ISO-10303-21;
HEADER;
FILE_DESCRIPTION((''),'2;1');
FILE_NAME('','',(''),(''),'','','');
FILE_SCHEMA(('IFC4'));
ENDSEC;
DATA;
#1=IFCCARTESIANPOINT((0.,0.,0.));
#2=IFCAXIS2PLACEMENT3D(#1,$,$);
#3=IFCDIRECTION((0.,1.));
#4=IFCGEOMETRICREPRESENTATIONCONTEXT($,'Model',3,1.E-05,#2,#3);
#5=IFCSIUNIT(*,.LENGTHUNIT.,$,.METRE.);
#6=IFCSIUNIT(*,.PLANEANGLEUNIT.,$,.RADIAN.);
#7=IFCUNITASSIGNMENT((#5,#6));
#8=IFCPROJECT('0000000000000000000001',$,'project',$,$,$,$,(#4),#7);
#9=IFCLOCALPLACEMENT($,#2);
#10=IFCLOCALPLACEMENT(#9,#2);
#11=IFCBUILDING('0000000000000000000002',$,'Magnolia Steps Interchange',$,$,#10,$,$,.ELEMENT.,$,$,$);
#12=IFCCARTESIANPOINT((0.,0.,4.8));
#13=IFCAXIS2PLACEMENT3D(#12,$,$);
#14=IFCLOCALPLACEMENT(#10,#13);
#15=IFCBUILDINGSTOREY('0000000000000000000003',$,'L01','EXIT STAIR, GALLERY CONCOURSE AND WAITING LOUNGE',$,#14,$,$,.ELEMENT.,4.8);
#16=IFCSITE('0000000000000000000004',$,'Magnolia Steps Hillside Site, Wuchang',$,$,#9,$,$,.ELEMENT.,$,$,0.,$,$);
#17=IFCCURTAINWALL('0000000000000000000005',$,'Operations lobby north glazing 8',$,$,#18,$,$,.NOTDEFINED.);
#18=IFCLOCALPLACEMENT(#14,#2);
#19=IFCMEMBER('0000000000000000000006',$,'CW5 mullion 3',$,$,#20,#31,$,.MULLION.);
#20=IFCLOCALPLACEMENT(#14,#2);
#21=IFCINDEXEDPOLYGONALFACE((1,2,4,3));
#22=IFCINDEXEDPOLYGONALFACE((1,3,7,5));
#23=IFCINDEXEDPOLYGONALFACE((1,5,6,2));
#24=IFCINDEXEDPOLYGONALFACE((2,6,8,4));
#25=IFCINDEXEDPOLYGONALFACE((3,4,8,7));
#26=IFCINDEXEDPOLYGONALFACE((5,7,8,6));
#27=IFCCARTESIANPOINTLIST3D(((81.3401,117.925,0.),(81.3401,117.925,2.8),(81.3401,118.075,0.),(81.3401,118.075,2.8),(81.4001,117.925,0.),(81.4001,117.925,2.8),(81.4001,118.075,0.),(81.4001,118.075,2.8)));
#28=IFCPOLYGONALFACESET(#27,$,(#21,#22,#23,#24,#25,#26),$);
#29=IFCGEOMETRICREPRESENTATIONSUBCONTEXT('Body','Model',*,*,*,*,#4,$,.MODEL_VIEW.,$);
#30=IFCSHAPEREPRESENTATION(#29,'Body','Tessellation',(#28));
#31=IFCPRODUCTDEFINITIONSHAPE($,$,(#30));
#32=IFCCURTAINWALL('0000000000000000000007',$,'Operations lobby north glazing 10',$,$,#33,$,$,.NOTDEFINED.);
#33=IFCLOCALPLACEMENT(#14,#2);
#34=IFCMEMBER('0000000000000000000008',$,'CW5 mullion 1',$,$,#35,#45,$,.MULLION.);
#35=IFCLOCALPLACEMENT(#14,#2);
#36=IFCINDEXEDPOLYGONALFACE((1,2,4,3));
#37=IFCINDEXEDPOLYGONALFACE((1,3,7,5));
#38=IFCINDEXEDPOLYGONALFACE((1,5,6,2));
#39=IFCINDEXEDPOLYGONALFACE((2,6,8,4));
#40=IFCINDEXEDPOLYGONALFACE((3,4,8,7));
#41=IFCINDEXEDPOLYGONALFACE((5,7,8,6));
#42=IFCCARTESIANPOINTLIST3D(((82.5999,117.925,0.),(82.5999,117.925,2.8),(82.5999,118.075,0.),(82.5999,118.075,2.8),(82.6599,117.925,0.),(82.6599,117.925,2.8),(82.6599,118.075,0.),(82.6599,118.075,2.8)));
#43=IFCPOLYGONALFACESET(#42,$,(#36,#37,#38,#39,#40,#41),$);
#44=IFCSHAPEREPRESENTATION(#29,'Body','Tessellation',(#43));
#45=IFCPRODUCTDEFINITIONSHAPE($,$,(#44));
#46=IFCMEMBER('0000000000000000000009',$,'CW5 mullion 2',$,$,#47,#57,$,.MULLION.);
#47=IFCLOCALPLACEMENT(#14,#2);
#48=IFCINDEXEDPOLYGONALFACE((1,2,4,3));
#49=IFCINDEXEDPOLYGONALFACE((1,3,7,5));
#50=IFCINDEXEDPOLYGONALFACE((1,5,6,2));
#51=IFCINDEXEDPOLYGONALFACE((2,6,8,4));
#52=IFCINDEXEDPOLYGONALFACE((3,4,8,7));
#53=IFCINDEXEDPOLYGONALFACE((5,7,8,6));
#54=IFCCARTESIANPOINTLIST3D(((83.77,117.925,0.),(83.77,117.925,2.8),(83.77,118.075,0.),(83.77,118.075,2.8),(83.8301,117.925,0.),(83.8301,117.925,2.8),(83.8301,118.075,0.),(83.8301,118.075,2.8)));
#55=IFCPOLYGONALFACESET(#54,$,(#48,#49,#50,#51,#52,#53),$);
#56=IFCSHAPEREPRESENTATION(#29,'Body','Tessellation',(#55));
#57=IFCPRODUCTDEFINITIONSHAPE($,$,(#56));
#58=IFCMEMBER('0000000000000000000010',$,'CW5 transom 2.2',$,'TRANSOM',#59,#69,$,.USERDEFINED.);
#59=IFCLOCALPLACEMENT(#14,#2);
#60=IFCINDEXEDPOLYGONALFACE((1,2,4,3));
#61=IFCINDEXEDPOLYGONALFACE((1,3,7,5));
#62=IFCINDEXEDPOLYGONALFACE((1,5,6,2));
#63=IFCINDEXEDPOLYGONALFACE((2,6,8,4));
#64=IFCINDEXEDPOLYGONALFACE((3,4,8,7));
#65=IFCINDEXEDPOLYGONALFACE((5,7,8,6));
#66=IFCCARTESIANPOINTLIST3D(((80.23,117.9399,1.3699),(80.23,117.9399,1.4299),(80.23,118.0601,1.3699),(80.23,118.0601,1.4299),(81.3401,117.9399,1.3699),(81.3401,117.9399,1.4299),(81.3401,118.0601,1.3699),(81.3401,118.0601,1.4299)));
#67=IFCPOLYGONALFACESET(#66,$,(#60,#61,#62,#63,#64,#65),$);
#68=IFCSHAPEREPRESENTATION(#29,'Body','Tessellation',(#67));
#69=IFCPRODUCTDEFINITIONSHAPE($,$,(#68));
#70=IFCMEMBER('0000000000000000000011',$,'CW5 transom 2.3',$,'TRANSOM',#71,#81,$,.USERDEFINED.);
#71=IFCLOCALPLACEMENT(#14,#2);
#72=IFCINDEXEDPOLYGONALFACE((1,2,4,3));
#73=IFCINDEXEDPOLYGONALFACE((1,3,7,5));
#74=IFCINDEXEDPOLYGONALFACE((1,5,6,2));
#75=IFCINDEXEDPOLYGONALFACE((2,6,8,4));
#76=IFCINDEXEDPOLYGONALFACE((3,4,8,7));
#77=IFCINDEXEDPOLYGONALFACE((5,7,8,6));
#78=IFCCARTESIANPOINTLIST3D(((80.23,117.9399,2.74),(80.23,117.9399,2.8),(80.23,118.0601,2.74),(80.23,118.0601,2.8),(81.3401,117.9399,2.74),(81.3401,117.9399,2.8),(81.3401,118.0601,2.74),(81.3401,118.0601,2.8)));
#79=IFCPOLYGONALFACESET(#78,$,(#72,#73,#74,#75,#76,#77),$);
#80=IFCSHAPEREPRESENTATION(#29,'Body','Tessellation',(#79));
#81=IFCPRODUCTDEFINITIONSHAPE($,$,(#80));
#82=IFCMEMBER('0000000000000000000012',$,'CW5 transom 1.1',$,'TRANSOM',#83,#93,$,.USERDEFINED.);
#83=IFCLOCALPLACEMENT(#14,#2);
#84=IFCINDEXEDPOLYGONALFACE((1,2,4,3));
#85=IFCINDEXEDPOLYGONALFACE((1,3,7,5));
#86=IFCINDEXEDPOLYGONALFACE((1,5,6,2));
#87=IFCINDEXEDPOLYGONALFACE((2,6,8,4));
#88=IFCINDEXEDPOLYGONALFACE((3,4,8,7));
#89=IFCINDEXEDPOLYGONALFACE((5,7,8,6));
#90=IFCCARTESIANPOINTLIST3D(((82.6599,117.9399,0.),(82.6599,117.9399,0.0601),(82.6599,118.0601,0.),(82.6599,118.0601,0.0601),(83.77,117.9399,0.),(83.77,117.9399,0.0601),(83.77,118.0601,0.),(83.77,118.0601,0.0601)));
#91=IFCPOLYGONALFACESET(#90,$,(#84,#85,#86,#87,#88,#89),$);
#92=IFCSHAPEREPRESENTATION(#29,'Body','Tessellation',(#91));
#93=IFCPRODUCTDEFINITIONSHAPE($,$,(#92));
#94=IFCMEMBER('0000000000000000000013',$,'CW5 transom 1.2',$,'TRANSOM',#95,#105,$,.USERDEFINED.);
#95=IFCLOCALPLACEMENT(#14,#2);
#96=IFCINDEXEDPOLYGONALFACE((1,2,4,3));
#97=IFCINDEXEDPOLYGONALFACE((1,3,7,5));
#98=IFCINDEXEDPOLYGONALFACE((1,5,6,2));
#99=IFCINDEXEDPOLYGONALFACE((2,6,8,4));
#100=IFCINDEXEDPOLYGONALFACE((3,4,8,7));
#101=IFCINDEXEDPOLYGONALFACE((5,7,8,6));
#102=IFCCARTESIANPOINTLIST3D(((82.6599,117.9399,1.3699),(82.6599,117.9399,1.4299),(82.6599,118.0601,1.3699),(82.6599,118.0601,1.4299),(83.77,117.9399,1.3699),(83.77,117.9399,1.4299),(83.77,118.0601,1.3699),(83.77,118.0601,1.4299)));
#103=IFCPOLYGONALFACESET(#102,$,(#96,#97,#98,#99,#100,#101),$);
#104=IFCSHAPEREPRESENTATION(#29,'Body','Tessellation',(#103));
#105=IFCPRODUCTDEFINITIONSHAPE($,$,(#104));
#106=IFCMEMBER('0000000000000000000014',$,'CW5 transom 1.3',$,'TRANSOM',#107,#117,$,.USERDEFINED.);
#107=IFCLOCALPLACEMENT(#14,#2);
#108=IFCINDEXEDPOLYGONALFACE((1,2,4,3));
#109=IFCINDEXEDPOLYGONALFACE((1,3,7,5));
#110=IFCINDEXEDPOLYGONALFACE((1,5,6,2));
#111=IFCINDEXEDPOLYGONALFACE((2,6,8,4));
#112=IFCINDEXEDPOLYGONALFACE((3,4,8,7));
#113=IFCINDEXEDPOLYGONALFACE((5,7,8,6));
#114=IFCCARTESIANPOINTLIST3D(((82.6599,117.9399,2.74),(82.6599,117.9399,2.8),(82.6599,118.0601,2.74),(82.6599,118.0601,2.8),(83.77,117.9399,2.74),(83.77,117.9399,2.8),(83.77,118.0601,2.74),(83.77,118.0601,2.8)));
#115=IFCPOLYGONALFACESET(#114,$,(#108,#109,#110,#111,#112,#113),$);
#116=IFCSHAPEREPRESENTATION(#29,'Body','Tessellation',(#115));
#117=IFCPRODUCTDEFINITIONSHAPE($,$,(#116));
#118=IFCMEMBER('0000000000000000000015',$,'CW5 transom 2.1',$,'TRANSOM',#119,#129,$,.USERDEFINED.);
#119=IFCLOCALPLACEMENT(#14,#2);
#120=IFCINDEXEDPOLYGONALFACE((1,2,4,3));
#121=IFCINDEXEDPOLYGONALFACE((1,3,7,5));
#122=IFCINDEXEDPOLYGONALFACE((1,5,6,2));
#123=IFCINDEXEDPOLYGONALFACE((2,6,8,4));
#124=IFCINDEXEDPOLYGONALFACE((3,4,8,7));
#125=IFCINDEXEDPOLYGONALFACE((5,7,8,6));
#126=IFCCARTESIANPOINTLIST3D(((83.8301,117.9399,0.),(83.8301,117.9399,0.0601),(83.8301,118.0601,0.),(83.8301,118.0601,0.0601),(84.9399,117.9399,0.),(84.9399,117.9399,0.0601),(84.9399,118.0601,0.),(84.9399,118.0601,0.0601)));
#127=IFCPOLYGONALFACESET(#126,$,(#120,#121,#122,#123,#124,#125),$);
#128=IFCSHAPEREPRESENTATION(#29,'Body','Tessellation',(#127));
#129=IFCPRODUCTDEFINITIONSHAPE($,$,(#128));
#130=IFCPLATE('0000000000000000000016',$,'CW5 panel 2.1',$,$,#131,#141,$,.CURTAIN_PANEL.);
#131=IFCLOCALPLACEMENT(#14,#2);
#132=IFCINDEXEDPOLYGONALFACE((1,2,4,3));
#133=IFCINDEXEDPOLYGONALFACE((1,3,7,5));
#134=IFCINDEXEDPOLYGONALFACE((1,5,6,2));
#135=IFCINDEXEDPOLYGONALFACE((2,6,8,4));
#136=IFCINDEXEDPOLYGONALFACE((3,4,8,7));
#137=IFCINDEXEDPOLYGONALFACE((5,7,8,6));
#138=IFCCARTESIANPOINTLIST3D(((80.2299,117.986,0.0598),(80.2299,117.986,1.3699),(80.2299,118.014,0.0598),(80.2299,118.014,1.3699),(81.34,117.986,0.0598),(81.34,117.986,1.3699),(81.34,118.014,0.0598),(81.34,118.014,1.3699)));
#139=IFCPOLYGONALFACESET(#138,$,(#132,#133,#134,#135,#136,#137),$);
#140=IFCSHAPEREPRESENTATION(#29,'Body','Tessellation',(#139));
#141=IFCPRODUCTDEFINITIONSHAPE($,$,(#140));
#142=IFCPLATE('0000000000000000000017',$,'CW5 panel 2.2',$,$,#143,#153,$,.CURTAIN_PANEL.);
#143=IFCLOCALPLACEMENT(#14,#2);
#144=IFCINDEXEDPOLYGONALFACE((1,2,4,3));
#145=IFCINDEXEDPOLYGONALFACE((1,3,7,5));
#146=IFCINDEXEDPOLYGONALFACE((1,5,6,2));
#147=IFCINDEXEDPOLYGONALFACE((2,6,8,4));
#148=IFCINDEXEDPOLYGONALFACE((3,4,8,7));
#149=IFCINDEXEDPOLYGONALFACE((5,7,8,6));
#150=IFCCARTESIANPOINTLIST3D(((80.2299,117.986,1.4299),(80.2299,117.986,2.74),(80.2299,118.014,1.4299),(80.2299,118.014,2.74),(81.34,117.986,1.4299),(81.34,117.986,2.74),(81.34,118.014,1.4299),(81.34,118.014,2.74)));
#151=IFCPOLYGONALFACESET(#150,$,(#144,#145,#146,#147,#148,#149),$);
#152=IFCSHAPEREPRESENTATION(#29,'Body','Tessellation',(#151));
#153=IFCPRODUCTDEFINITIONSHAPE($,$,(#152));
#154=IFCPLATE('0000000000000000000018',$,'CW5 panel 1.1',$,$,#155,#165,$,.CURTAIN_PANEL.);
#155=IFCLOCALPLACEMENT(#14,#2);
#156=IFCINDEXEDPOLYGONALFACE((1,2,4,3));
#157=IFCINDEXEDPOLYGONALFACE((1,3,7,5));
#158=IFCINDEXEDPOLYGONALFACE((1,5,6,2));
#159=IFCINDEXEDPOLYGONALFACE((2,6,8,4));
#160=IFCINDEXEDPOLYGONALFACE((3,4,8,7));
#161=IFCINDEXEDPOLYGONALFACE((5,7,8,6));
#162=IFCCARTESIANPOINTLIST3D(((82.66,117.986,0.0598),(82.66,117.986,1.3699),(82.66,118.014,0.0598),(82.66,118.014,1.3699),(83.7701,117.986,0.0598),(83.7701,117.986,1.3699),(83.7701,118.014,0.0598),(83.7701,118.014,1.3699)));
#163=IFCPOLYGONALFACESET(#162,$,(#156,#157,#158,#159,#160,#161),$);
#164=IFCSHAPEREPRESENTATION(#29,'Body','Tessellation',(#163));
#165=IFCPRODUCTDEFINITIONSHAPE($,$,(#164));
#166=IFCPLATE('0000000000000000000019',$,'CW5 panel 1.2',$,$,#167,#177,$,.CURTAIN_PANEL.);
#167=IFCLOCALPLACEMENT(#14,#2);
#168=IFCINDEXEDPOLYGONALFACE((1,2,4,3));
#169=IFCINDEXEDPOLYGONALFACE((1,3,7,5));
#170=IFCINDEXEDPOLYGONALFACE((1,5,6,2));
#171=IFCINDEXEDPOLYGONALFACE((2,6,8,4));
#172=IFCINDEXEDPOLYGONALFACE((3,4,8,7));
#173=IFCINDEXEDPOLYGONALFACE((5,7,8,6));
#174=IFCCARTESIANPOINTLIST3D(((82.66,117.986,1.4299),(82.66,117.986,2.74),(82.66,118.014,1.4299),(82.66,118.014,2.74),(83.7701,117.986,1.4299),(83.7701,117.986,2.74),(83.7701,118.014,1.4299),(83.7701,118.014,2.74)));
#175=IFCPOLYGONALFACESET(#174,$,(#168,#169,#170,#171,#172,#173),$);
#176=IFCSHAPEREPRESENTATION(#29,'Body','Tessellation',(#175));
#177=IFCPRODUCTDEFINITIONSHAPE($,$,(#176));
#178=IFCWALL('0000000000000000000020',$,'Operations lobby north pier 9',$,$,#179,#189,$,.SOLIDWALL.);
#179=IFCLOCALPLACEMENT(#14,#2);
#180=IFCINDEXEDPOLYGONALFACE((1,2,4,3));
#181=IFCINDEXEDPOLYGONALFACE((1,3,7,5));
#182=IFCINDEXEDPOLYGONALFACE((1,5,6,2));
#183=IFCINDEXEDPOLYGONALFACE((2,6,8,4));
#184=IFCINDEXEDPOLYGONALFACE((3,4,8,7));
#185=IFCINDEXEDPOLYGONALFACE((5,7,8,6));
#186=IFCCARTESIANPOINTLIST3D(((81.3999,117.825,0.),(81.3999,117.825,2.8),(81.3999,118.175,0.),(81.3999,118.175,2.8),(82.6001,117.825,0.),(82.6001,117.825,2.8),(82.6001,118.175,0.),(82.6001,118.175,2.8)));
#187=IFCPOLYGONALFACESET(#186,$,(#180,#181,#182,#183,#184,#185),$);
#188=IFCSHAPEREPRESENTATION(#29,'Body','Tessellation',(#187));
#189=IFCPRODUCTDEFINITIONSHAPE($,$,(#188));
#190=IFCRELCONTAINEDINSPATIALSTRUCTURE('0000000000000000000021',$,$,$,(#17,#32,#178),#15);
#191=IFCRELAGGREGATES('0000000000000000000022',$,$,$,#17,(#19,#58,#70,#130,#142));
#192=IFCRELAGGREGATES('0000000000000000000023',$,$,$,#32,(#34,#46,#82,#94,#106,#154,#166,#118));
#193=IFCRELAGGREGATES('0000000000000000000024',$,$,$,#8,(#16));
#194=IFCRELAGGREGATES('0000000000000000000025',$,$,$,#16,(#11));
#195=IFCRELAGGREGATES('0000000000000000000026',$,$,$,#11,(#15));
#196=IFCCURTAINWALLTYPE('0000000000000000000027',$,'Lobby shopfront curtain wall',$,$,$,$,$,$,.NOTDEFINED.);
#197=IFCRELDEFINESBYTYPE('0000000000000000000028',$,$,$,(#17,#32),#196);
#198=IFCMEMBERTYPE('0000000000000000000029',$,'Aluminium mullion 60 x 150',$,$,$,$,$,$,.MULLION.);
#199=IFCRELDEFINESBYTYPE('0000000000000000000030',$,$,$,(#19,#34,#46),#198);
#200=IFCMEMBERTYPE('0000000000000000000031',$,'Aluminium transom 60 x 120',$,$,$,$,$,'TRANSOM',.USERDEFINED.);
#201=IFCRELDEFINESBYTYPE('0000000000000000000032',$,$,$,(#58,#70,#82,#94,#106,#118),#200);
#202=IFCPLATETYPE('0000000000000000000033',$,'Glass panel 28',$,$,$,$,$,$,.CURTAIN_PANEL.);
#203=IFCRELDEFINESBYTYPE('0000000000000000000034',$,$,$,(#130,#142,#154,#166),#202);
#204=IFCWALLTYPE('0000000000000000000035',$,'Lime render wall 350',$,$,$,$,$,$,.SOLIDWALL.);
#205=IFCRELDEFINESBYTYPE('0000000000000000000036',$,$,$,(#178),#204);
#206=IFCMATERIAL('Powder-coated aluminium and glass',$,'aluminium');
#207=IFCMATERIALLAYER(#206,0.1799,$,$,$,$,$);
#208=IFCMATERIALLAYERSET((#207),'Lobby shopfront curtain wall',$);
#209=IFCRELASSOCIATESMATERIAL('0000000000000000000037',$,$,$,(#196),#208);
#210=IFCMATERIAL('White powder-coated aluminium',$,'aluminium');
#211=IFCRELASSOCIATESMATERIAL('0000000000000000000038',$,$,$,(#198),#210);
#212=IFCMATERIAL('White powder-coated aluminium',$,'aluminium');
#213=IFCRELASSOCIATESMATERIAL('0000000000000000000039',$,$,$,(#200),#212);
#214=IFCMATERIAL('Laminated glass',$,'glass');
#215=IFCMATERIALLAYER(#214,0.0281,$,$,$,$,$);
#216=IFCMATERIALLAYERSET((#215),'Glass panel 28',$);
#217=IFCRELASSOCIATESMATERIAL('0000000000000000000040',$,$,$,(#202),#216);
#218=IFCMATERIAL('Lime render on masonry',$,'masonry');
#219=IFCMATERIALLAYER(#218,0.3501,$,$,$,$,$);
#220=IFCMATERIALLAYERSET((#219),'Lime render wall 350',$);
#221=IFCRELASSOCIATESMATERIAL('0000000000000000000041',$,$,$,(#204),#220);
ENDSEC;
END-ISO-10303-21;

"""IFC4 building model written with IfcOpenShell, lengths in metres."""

from ifc_helpers import new_model, si_unit, direction, frame, frame_2d, origin, origin_2d, place, context, subcontext, project, spatial, rectangle, extrude, material, layer, layer_set, material_profile, profile_set, type_object, element, aggregate, save


model = new_model("IFC4")

# Units and contexts
model_context = context("Model", 3, precision=1e-05, world=origin(), true_north=direction((0.0, 1.0)))
body_context = subcontext(model_context, "Body", "Model", "MODEL_VIEW")
ifc_project = project(units=[si_unit("LENGTHUNIT", "METRE"), si_unit("PLANEANGLEUNIT", "RADIAN")], contexts=[model_context])

# Site, building, storey
site_placement = place(None, origin())
site = spatial("IfcSite", under=ifc_project, at=site_placement, Name="Magnolia Steps Hillside Site, Wuchang", CompositionType="ELEMENT", RefElevation=0.0)
building_placement = place(site_placement, origin())
building = spatial("IfcBuilding", under=site, at=building_placement, Name="Magnolia Steps Interchange", CompositionType="ELEMENT")
storey_placement = place(building_placement, frame((0.0, 0.0, 4.8)))
storey = spatial("IfcBuildingStorey", under=building, at=storey_placement, Name="L01", Description="EXIT STAIR, GALLERY CONCOURSE AND WAITING LOUNGE", CompositionType="ELEMENT", Elevation=4.8)

# Curtain wall, member
ifc_material_1 = material(Name="Powder-coated aluminium and glass", Category="aluminium")
ifc_layer_1 = layer(ifc_material_1, 0.1799)
ifc_layer_set_1 = layer_set([ifc_layer_1], Name="Lobby shopfront curtain wall")
curtain_wall_type = type_object("IfcCurtainWallType", Name="Lobby shopfront curtain wall", PredefinedType="NOTDEFINED", material=ifc_layer_set_1)
curtain_wall_1_placement = place(storey_placement, origin())
curtain_wall_1 = element("IfcCurtainWall", 1, at=curtain_wall_1_placement, inside=storey, type_object=curtain_wall_type, Name="Operations lobby north glazing 8", PredefinedType="NOTDEFINED")
ifc_material_2 = material(Name="White powder-coated aluminium", Category="aluminium")
ifc_material_profile_1 = material_profile(ifc_material_2, rectangle(XDim=0.0601, YDim=0.1499, at=origin_2d()), Name="Aluminium mullion 60 x 150")
ifc_profile_set_1 = profile_set([ifc_material_profile_1], Name="White powder-coated aluminium")
member_type_1 = type_object("IfcMemberType", Name="Aluminium mullion 60 x 150", PredefinedType="MULLION", material=ifc_profile_set_1)
member_1_placement = place(storey_placement, frame((81.3701, 118.0, 0.0), z_axis=(0.0, 0.0, 1.0), x_axis=(1.0, 0.0, 0.0)))
member_1 = element("IfcMember", 2, at=member_1_placement, type_object=member_type_1, Name="CW5 mullion 3", PredefinedType="MULLION", context=body_context, shape_type="SweptSolid", body=[
    extrude(rectangle(XDim=0.0601, YDim=0.1499, at=origin_2d()), origin(), (0.0, 0.0, 1.0), 2.8),
])

# Curtain wall, members
curtain_wall_2_placement = place(storey_placement, origin())
curtain_wall_2 = element("IfcCurtainWall", 3, at=curtain_wall_2_placement, inside=storey, type_object=curtain_wall_type, Name="Operations lobby north glazing 10", PredefinedType="NOTDEFINED")
member_2_placement = place(storey_placement, frame((82.6299, 118.0, 0.0), z_axis=(0.0, 0.0, 1.0), x_axis=(1.0, 0.0, 0.0)))
member_2 = element("IfcMember", 4, at=member_2_placement, type_object=member_type_1, Name="CW5 mullion 1", PredefinedType="MULLION", context=body_context, shape_type="SweptSolid", body=[
    extrude(rectangle(XDim=0.0601, YDim=0.1499, at=origin_2d()), origin(), (0.0, 0.0, 1.0), 2.8),
])
member_3_placement = place(storey_placement, frame((83.8, 118.0, 0.0), z_axis=(0.0, 0.0, 1.0), x_axis=(1.0, 0.0, 0.0)))
member_3 = element("IfcMember", 5, at=member_3_placement, type_object=member_type_1, Name="CW5 mullion 2", PredefinedType="MULLION", context=body_context, shape_type="SweptSolid", body=[
    extrude(rectangle(XDim=0.0601, YDim=0.1499, at=origin_2d()), origin(), (0.0, 0.0, 1.0), 2.8),
])

# Members
ifc_material_3 = material(Name="White powder-coated aluminium", Category="aluminium")
ifc_material_profile_2 = material_profile(ifc_material_3, rectangle(XDim=0.0601, YDim=0.1201, at=origin_2d()), Name="Aluminium transom 60 x 120")
ifc_profile_set_2 = profile_set([ifc_material_profile_2], Name="White powder-coated aluminium")
member_type_2 = type_object("IfcMemberType", Name="Aluminium transom 60 x 120", ElementType="TRANSOM", PredefinedType="USERDEFINED", material=ifc_profile_set_2)
member_4_placement = place(storey_placement, frame((80.23, 118.0, 1.3999), z_axis=(1.0, 0.0, 0.0), x_axis=(0.0, 0.0, 1.0)))
member_4 = element("IfcMember", 6, at=member_4_placement, type_object=member_type_2, Name="CW5 transom 2.2", ObjectType="TRANSOM", PredefinedType="USERDEFINED", context=body_context, shape_type="SweptSolid", body=[
    extrude(rectangle(XDim=0.0601, YDim=0.1201, at=origin_2d()), origin(), (0.0, 0.0, 1.0), 1.1101),
])
member_5_placement = place(storey_placement, frame((80.23, 118.0, 2.77), z_axis=(1.0, 0.0, 0.0), x_axis=(0.0, 0.0, 1.0)))
member_5 = element("IfcMember", 7, at=member_5_placement, type_object=member_type_2, Name="CW5 transom 2.3", ObjectType="TRANSOM", PredefinedType="USERDEFINED", context=body_context, shape_type="SweptSolid", body=[
    extrude(rectangle(XDim=0.0601, YDim=0.1201, at=origin_2d()), origin(), (0.0, 0.0, 1.0), 1.1101),
])
member_6_placement = place(storey_placement, frame((82.6599, 118.0, 0.03), z_axis=(1.0, 0.0, 0.0), x_axis=(0.0, 0.0, 1.0)))
member_6 = element("IfcMember", 8, at=member_6_placement, type_object=member_type_2, Name="CW5 transom 1.1", ObjectType="TRANSOM", PredefinedType="USERDEFINED", context=body_context, shape_type="SweptSolid", body=[
    extrude(rectangle(XDim=0.0601, YDim=0.1201, at=origin_2d()), origin(), (0.0, 0.0, 1.0), 1.1101),
])
member_7_placement = place(storey_placement, frame((82.6599, 118.0, 1.3999), z_axis=(1.0, 0.0, 0.0), x_axis=(0.0, 0.0, 1.0)))
member_7 = element("IfcMember", 9, at=member_7_placement, type_object=member_type_2, Name="CW5 transom 1.2", ObjectType="TRANSOM", PredefinedType="USERDEFINED", context=body_context, shape_type="SweptSolid", body=[
    extrude(rectangle(XDim=0.0601, YDim=0.1201, at=origin_2d()), origin(), (0.0, 0.0, 1.0), 1.1101),
])
member_8_placement = place(storey_placement, frame((82.6599, 118.0, 2.77), z_axis=(1.0, 0.0, 0.0), x_axis=(0.0, 0.0, 1.0)))
member_8 = element("IfcMember", 10, at=member_8_placement, type_object=member_type_2, Name="CW5 transom 1.3", ObjectType="TRANSOM", PredefinedType="USERDEFINED", context=body_context, shape_type="SweptSolid", body=[
    extrude(rectangle(XDim=0.0601, YDim=0.1201, at=origin_2d()), origin(), (0.0, 0.0, 1.0), 1.1101),
])
member_9_placement = place(storey_placement, frame((83.8301, 118.0, 0.03), z_axis=(1.0, 0.0, 0.0), x_axis=(0.0, 0.0, 1.0)))
member_9 = element("IfcMember", 11, at=member_9_placement, type_object=member_type_2, Name="CW5 transom 2.1", ObjectType="TRANSOM", PredefinedType="USERDEFINED", context=body_context, shape_type="SweptSolid", body=[
    extrude(rectangle(XDim=0.0601, YDim=0.1201, at=origin_2d()), origin(), (0.0, 0.0, 1.0), 1.1099),
])

# Plates
ifc_material_4 = material(Name="Laminated glass", Category="glass")
ifc_layer_2 = layer(ifc_material_4, 0.0281)
ifc_layer_set_2 = layer_set([ifc_layer_2], Name="Glass panel 28")
plate_type = type_object("IfcPlateType", Name="Glass panel 28", PredefinedType="CURTAIN_PANEL", material=ifc_layer_set_2)
plate_1_placement = place(storey_placement, frame((80.7849, 118.0, 0.0598), z_axis=(0.0, 0.0, 1.0), x_axis=(1.0, 0.0, 0.0)))
plate_1 = element("IfcPlate", 12, at=plate_1_placement, type_object=plate_type, Name="CW5 panel 2.1", PredefinedType="CURTAIN_PANEL", context=body_context, shape_type="SweptSolid", body=[
    extrude(rectangle(XDim=1.1101, YDim=0.0281, at=origin_2d()), origin(), (0.0, 0.0, 1.0), 1.3101),
])
plate_2_placement = place(storey_placement, frame((80.7849, 118.0, 1.4299), z_axis=(0.0, 0.0, 1.0), x_axis=(1.0, 0.0, 0.0)))
plate_2 = element("IfcPlate", 13, at=plate_2_placement, type_object=plate_type, Name="CW5 panel 2.2", PredefinedType="CURTAIN_PANEL", context=body_context, shape_type="SweptSolid", body=[
    extrude(rectangle(XDim=1.1101, YDim=0.0281, at=origin_2d()), origin(), (0.0, 0.0, 1.0), 1.3101),
])
aggregate(curtain_wall_1, [member_1, member_4, member_5, plate_1, plate_2])
plate_3_placement = place(storey_placement, frame((83.2151, 118.0, 0.0598), z_axis=(0.0, 0.0, 1.0), x_axis=(1.0, 0.0, 0.0)))
plate_3 = element("IfcPlate", 14, at=plate_3_placement, type_object=plate_type, Name="CW5 panel 1.1", PredefinedType="CURTAIN_PANEL", context=body_context, shape_type="SweptSolid", body=[
    extrude(rectangle(XDim=1.1101, YDim=0.0281, at=origin_2d()), origin(), (0.0, 0.0, 1.0), 1.3101),
])
plate_4_placement = place(storey_placement, frame((83.2151, 118.0, 1.4299), z_axis=(0.0, 0.0, 1.0), x_axis=(1.0, 0.0, 0.0)))
plate_4 = element("IfcPlate", 15, at=plate_4_placement, type_object=plate_type, Name="CW5 panel 1.2", PredefinedType="CURTAIN_PANEL", context=body_context, shape_type="SweptSolid", body=[
    extrude(rectangle(XDim=1.1101, YDim=0.0281, at=origin_2d()), origin(), (0.0, 0.0, 1.0), 1.3101),
])
aggregate(curtain_wall_2, [member_2, member_3, member_6, member_7, member_8, plate_3, plate_4, member_9])

# Wall
ifc_material_5 = material(Name="Lime render on masonry", Category="masonry")
ifc_layer_3 = layer(ifc_material_5, 0.3501)
ifc_layer_set_3 = layer_set([ifc_layer_3], Name="Lime render wall 350")
wall_type = type_object("IfcWallType", Name="Lime render wall 350", PredefinedType="SOLIDWALL", material=ifc_layer_set_3)
wall_placement = place(storey_placement, frame((81.3999, 118.0, 0.0), z_axis=(0.0, 0.0, 1.0), x_axis=(1.0, 0.0, 0.0)))
element("IfcWall", 16, at=wall_placement, inside=storey, type_object=wall_type, Name="Operations lobby north pier 9", PredefinedType="SOLIDWALL", context=body_context, shape_type="SweptSolid", body=[
    extrude(rectangle(XDim=1.2002, YDim=0.3501, at=frame_2d((0.6001, 0.0))), origin(), (0.0, 0.0, 1.0), 2.8),
])

save(model, "model.ifc")
